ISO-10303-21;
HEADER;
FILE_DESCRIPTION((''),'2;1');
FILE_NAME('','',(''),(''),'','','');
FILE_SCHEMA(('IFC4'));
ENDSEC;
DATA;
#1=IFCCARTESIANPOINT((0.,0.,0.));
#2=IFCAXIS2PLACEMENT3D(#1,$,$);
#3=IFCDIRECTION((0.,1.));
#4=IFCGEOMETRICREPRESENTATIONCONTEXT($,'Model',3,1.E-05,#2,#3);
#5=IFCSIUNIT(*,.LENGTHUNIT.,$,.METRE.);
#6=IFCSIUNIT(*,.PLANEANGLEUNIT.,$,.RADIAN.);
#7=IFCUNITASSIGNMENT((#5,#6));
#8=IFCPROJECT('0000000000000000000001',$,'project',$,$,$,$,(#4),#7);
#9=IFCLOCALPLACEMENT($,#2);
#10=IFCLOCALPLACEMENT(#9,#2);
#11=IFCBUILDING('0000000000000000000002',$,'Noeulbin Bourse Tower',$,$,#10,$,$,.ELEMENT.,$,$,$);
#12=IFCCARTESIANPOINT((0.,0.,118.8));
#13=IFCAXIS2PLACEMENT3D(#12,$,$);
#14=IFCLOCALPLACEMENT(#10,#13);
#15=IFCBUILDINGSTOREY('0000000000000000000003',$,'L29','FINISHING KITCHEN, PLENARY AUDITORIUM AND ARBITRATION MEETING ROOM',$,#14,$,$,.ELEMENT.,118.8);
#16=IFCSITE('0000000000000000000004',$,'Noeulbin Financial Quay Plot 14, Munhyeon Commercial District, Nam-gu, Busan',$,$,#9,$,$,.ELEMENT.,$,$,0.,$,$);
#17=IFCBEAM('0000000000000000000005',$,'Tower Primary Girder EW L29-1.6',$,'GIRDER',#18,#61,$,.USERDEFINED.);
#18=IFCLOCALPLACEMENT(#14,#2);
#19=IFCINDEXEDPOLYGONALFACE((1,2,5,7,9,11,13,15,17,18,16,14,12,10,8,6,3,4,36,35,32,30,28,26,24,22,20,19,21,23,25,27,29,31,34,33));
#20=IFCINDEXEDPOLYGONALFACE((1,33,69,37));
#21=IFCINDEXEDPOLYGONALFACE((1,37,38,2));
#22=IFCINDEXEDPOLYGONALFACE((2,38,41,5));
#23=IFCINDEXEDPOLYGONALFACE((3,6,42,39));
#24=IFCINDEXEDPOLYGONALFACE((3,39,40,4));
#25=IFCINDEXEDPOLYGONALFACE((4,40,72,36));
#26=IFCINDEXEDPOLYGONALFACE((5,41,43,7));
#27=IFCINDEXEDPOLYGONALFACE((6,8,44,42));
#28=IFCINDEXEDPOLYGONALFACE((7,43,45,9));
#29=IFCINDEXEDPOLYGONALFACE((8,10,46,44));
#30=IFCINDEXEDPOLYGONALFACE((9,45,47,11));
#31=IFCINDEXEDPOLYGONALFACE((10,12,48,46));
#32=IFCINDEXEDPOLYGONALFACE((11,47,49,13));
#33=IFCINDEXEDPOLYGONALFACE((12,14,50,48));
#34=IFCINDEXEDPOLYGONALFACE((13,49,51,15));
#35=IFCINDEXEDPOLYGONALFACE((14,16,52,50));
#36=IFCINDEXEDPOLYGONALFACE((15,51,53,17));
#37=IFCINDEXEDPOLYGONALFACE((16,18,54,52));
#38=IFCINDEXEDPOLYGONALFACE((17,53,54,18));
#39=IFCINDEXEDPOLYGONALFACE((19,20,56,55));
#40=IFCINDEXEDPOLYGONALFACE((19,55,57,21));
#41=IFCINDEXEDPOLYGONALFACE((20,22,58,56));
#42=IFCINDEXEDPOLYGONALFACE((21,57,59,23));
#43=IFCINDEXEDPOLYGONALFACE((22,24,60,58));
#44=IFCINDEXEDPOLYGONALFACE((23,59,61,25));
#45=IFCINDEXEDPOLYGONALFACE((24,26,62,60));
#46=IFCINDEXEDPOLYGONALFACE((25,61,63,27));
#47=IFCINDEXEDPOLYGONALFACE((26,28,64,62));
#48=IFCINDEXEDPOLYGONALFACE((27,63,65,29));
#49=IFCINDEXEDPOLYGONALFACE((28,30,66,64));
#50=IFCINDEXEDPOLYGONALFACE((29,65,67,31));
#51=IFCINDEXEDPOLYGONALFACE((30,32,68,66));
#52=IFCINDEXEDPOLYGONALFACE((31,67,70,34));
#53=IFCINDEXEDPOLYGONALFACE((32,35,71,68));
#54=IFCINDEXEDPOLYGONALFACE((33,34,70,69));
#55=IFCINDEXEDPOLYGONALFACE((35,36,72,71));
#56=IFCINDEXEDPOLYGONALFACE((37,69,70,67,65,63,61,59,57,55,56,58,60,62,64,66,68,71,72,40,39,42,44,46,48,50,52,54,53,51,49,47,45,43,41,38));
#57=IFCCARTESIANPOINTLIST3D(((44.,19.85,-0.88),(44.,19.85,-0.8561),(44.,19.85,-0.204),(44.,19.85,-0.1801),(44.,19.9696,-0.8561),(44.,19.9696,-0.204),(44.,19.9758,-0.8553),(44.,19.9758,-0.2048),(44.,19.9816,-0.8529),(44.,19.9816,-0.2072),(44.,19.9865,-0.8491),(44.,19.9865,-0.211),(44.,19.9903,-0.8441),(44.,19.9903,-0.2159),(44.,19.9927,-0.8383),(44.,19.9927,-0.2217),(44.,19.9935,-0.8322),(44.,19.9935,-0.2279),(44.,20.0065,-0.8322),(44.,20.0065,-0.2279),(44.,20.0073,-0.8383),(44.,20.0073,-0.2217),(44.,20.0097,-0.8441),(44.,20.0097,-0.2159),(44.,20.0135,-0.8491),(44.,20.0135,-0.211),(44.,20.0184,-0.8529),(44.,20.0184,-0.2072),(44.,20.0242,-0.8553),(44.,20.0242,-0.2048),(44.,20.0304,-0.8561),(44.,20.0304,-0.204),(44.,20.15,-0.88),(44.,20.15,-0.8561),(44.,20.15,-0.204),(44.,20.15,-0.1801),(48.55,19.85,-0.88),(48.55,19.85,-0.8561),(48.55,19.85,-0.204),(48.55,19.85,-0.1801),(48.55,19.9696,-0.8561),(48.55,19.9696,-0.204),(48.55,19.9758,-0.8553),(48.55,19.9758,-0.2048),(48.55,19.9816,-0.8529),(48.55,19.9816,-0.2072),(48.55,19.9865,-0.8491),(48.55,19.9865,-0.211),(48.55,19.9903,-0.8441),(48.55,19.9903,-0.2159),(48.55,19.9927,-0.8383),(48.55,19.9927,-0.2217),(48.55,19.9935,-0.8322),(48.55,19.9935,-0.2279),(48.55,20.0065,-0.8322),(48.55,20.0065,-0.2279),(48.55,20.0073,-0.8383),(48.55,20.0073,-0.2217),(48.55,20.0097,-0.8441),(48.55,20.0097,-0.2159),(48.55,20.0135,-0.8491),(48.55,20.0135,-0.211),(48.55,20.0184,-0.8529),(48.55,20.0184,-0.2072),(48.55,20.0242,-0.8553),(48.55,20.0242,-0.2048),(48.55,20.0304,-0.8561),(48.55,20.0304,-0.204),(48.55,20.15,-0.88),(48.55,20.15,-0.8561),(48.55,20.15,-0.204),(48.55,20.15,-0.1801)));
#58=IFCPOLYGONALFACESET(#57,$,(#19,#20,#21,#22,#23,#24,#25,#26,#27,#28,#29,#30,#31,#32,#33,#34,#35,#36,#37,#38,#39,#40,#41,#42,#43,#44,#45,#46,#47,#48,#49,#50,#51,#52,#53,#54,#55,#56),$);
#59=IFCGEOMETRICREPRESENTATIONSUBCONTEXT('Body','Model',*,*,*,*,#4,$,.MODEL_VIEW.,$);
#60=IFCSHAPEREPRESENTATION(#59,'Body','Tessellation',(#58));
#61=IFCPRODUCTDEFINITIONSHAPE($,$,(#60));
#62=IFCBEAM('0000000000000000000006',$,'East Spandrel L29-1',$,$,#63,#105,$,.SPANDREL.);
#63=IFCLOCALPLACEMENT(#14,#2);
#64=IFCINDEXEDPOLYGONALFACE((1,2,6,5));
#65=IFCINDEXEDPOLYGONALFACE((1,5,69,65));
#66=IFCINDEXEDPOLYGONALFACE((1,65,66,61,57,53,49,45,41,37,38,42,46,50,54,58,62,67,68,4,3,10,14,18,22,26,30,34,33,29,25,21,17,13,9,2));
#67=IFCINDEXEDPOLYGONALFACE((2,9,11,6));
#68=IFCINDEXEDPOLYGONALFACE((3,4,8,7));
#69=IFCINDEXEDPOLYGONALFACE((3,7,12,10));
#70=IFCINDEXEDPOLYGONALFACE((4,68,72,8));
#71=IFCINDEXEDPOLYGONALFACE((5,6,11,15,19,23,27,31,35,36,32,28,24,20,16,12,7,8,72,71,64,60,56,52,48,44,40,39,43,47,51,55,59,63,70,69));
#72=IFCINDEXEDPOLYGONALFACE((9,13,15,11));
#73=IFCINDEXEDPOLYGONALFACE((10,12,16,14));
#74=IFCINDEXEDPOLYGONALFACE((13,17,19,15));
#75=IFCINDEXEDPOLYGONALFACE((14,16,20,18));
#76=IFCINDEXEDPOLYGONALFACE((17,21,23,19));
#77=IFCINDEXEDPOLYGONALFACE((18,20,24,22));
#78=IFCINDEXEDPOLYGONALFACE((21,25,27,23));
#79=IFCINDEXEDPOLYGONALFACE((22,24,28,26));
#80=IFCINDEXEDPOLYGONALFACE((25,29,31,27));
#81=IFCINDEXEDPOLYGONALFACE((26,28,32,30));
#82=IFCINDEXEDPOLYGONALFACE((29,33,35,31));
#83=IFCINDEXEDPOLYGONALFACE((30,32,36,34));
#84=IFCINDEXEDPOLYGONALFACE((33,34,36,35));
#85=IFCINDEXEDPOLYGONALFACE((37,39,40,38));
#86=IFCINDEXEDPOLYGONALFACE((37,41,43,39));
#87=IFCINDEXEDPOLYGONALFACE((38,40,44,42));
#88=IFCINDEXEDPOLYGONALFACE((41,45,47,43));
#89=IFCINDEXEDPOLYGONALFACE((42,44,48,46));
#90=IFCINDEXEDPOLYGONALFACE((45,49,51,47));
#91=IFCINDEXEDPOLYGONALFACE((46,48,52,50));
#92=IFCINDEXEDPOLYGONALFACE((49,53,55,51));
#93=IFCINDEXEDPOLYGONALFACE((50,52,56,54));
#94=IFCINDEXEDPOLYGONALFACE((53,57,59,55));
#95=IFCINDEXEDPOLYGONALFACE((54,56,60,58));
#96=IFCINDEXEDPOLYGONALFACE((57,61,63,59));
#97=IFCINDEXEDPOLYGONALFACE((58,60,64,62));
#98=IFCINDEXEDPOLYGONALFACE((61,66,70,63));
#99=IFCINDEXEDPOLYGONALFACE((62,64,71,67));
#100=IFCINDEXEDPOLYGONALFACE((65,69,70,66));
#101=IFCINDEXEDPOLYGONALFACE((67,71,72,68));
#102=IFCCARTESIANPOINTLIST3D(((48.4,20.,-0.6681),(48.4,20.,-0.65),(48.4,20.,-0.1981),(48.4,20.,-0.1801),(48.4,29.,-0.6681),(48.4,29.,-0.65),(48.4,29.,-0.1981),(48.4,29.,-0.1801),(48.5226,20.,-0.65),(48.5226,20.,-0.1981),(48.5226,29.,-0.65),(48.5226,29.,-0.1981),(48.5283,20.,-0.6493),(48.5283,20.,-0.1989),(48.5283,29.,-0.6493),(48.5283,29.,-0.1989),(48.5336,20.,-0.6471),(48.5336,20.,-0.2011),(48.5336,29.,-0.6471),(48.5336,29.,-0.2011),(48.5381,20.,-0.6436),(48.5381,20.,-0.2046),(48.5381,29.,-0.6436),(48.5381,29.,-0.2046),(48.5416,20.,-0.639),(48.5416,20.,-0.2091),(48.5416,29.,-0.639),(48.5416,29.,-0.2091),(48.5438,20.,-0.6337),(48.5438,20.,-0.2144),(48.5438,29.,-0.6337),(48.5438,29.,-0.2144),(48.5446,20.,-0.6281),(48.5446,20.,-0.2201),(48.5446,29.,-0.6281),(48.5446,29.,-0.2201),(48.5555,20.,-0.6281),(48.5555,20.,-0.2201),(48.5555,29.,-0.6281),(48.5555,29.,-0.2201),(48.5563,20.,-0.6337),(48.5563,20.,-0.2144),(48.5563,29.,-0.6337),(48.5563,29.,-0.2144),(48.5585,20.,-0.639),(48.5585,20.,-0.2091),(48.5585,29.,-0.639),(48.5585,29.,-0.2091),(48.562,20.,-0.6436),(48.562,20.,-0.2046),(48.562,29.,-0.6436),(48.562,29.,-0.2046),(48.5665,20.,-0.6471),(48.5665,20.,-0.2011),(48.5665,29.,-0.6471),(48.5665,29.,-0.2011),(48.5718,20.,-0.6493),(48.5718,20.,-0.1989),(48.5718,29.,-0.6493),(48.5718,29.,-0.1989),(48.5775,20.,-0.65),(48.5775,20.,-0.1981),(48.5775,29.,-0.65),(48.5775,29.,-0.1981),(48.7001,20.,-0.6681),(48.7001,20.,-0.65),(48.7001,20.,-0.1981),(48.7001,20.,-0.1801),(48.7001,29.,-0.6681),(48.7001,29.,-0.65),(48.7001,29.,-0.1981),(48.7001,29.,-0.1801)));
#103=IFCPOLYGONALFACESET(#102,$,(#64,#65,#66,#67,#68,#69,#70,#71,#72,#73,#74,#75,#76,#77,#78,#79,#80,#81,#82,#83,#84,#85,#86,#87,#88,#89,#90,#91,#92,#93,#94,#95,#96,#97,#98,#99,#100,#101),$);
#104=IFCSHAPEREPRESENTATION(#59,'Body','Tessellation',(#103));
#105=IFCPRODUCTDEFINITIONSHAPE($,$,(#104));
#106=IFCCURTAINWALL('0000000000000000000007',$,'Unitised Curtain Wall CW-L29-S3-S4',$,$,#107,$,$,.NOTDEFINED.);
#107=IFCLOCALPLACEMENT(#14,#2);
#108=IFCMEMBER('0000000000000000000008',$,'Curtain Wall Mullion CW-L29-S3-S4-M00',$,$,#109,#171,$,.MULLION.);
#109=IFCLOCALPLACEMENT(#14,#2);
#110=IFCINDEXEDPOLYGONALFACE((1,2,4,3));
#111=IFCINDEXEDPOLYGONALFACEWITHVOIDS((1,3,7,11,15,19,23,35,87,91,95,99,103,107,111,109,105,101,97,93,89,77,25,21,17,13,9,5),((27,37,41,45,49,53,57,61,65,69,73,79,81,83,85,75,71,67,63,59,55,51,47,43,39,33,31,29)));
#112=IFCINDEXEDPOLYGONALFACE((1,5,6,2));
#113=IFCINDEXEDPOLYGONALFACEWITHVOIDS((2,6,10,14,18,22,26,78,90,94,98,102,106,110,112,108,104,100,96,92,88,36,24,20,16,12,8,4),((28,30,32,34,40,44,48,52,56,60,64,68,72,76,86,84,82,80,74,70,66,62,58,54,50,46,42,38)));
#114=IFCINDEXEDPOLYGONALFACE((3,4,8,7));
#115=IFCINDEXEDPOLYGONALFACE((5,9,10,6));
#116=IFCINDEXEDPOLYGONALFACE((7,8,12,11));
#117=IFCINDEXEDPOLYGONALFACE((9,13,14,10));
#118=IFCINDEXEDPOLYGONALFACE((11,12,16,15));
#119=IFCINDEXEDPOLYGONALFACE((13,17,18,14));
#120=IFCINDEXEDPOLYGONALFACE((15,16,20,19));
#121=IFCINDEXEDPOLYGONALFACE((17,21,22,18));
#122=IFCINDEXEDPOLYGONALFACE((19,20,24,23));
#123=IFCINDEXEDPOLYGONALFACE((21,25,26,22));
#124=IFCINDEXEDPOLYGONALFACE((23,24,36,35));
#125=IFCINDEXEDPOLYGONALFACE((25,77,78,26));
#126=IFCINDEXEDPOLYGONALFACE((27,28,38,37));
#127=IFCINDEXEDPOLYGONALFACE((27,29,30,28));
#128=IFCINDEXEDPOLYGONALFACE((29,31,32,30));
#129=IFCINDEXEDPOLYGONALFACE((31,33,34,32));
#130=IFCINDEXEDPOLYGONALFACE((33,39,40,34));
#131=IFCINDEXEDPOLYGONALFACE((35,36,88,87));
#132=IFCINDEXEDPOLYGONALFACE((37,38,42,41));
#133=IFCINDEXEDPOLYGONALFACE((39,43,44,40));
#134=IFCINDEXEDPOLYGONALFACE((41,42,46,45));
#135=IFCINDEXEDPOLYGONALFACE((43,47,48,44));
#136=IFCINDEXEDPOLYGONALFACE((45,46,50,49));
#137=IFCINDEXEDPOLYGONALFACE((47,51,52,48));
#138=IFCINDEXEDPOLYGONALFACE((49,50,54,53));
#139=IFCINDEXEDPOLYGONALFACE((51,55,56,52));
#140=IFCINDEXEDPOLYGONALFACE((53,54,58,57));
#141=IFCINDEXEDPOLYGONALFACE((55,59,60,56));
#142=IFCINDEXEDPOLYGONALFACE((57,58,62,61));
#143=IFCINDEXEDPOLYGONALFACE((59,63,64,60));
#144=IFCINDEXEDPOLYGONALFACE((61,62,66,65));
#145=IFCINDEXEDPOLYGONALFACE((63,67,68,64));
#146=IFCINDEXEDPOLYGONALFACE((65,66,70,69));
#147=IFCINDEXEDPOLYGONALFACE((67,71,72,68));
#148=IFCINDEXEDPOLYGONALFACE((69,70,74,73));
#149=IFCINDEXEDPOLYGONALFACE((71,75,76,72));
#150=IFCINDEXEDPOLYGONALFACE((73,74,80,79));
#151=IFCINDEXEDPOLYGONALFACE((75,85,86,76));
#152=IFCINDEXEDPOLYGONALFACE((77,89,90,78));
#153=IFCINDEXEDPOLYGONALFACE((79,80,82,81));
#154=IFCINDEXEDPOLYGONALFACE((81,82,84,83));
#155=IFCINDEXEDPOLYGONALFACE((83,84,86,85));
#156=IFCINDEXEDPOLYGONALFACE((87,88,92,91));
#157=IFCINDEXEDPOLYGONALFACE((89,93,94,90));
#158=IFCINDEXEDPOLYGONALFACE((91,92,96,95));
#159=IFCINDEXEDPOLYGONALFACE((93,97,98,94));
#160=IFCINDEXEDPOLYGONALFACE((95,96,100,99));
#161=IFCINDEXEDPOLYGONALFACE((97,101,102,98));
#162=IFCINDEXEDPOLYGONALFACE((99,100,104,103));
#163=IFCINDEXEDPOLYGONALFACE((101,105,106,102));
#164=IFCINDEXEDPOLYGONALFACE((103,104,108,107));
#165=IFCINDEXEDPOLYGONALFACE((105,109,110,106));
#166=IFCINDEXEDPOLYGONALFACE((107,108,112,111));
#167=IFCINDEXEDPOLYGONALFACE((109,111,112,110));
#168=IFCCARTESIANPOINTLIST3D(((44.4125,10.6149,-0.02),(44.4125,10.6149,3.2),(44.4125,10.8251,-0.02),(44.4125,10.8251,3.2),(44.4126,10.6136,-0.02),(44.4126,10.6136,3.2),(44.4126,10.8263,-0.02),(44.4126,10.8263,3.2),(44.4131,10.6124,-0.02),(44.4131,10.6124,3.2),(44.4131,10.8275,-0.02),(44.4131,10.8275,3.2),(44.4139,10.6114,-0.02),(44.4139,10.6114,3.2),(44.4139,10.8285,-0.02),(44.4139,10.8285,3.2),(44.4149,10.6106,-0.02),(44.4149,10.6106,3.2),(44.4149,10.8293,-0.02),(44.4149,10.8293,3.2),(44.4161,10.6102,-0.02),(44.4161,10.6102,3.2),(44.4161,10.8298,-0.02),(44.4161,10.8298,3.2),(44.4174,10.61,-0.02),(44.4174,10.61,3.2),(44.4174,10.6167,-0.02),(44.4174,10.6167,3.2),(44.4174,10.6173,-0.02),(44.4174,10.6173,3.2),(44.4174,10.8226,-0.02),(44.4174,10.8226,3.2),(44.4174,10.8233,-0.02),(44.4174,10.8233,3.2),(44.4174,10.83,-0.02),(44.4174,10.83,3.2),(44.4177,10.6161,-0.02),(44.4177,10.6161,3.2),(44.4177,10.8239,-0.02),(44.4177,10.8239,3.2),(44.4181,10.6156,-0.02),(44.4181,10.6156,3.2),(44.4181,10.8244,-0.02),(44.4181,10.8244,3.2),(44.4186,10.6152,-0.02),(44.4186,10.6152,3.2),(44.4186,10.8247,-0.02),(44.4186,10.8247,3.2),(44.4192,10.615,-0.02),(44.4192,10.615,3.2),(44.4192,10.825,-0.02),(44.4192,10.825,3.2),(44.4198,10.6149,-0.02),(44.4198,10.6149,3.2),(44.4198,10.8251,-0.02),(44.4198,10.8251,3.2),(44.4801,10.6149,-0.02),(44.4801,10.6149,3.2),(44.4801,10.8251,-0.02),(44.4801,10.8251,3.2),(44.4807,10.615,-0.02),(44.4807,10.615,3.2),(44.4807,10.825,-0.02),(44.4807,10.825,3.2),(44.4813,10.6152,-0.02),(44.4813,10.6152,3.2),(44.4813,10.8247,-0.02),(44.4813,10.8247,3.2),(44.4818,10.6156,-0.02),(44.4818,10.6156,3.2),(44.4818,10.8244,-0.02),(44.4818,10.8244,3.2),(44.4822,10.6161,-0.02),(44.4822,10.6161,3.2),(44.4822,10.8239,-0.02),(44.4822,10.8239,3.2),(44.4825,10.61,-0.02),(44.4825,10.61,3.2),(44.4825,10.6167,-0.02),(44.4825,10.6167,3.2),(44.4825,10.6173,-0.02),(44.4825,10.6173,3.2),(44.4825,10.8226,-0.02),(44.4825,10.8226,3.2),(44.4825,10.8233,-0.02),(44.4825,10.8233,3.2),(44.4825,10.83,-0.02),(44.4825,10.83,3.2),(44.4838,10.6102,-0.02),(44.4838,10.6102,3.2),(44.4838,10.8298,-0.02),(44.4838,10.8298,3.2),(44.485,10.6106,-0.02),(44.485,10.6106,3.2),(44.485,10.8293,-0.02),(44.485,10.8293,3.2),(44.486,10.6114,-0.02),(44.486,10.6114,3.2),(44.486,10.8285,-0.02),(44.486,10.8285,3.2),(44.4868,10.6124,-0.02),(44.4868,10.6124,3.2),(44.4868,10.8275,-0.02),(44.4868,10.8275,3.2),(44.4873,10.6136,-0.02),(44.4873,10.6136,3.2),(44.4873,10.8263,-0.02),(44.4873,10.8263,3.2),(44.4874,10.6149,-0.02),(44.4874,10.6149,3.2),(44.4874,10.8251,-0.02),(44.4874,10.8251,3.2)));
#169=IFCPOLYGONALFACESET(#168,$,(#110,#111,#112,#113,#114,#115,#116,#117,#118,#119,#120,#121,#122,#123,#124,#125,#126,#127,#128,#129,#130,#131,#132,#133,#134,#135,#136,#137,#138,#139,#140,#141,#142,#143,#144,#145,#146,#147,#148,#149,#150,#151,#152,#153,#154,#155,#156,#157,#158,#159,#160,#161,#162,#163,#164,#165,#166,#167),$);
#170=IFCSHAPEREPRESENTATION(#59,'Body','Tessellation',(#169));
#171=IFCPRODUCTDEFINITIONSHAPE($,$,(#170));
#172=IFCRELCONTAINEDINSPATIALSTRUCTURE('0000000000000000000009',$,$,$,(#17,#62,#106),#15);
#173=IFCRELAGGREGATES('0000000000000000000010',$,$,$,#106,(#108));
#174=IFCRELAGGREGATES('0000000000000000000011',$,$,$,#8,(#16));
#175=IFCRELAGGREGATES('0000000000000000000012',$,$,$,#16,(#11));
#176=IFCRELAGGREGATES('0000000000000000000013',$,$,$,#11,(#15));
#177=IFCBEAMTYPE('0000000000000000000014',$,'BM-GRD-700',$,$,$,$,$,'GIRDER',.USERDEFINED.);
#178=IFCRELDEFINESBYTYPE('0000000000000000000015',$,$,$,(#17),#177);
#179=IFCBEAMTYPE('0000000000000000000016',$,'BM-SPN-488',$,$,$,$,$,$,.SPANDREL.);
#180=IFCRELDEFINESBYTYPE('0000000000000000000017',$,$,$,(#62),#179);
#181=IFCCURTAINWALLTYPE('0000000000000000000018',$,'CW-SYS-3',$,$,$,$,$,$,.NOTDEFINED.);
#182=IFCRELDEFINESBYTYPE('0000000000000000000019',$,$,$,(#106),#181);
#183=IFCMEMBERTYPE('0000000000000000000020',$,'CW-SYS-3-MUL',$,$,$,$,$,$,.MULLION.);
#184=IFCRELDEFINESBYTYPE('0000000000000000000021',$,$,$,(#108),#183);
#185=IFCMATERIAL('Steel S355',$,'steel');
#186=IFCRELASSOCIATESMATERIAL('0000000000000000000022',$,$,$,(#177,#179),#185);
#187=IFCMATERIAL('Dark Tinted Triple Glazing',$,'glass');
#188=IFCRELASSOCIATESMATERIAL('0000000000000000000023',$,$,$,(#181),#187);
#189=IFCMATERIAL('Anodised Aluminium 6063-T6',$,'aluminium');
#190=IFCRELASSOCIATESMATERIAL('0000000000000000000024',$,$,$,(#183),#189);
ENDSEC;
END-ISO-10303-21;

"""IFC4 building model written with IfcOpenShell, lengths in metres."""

from ifc_helpers import new_model, si_unit, direction, frame, origin, origin_2d, place, context, subcontext, project, spatial, hollow_rectangle, i_section, extrude, material, material_profile, profile_set, type_object, element, aggregate, save


model = new_model("IFC4")

# Units and contexts
model_context = context("Model", 3, precision=1e-05, world=origin(), true_north=direction((0.0, 1.0)))
body_context = subcontext(model_context, "Body", "Model", "MODEL_VIEW")
ifc_project = project(units=[si_unit("LENGTHUNIT", "METRE"), si_unit("PLANEANGLEUNIT", "RADIAN")], contexts=[model_context])

# Site, building, storey
site_placement = place(None, origin())
site = spatial("IfcSite", under=ifc_project, at=site_placement, Name="Noeulbin Financial Quay Plot 14, Munhyeon Commercial District, Nam-gu, Busan", CompositionType="ELEMENT", RefElevation=0.0)
building_placement = place(site_placement, origin())
building = spatial("IfcBuilding", under=site, at=building_placement, Name="Noeulbin Bourse Tower", CompositionType="ELEMENT")
storey_placement = place(building_placement, frame((0.0, 0.0, 118.8)))
storey = spatial("IfcBuildingStorey", under=building, at=storey_placement, Name="L29", Description="FINISHING KITCHEN, PLENARY AUDITORIUM AND ARBITRATION MEETING ROOM", CompositionType="ELEMENT", Elevation=118.8)

# Shared definitions
ifc_material_1 = material(Name="Steel S355", Category="steel")

# Beams
ifc_material_profile_1 = material_profile(ifc_material_1, i_section(OverallWidth=0.3, OverallDepth=0.7, WebThickness=0.0129, FlangeThickness=0.0239, FilletRadius=0.0239, at=origin_2d()), Name="H-700x300x13x24", Category="LoadBearing")
ifc_profile_set_1 = profile_set([ifc_material_profile_1], Name="Steel S355")
beam_type_1 = type_object("IfcBeamType", Name="BM-GRD-700", ElementType="GIRDER", PredefinedType="USERDEFINED", material=ifc_profile_set_1)
beam_1_placement = place(storey_placement, frame((44.0, 20.0, -0.53), z_axis=(1.0, 0.0, 0.0), x_axis=(0.0, 1.0, 0.0)))
element("IfcBeam", 1, at=beam_1_placement, inside=storey, type_object=beam_type_1, Name="Tower Primary Girder EW L29-1.6", ObjectType="GIRDER", PredefinedType="USERDEFINED", context=body_context, shape_type="SweptSolid", body=[
    extrude(i_section(OverallWidth=0.3, OverallDepth=0.7, WebThickness=0.0129, FlangeThickness=0.0239, FilletRadius=0.0239, at=origin_2d()), origin(), (0.0, 0.0, 1.0), 4.55),
])
ifc_material_profile_2 = material_profile(ifc_material_1, i_section(OverallWidth=0.3, OverallDepth=0.488, WebThickness=0.011, FlangeThickness=0.0181, FilletRadius=0.022, at=origin_2d()), Name="H-488x300x11x18", Category="LoadBearing")
ifc_profile_set_2 = profile_set([ifc_material_profile_2], Name="Steel S355")
beam_type_2 = type_object("IfcBeamType", Name="BM-SPN-488", PredefinedType="SPANDREL", material=ifc_profile_set_2)
beam_2_placement = place(storey_placement, frame((48.55, 20.0, -0.4241), z_axis=(0.0, 1.0, 0.0), x_axis=(-1.0, 0.0, 0.0)))
element("IfcBeam", 2, at=beam_2_placement, inside=storey, type_object=beam_type_2, Name="East Spandrel L29-1", PredefinedType="SPANDREL", context=body_context, shape_type="SweptSolid", body=[
    extrude(i_section(OverallWidth=0.3, OverallDepth=0.488, WebThickness=0.011, FlangeThickness=0.0181, FilletRadius=0.022, at=origin_2d()), origin(), (0.0, 0.0, 1.0), 9.0),
])

# Curtain wall, member
ifc_material_2 = material(Name="Dark Tinted Triple Glazing", Category="glass")
curtain_wall_type = type_object("IfcCurtainWallType", Name="CW-SYS-3", PredefinedType="NOTDEFINED", material=ifc_material_2)
curtain_wall_1_placement = place(storey_placement, origin())
curtain_wall_1 = element("IfcCurtainWall", 3, at=curtain_wall_1_placement, inside=storey, type_object=curtain_wall_type, Name="Unitised Curtain Wall CW-L29-S3-S4", PredefinedType="NOTDEFINED")
ifc_material_3 = material(Name="Anodised Aluminium 6063-T6", Category="aluminium")
ifc_material_profile_3 = material_profile(ifc_material_3, hollow_rectangle(XDim=0.075, YDim=0.22, WallThickness=0.0049, InnerFilletRadius=0.0024, OuterFilletRadius=0.0049, at=origin_2d()), Name="ALU-MULL-75x220x5", Category="LoadBearing")
ifc_profile_set_3 = profile_set([ifc_material_profile_3], Name="Anodised Aluminium 6063-T6")
member_type_1 = type_object("IfcMemberType", Name="CW-SYS-3-MUL", PredefinedType="MULLION", material=ifc_profile_set_3)
member_1_placement = place(storey_placement, frame((44.45, 10.72, -0.02), z_axis=(0.0, 0.0, 1.0), x_axis=(1.0, 0.0, 0.0)))
member_1 = element("IfcMember", 4, at=member_1_placement, type_object=member_type_1, Name="Curtain Wall Mullion CW-L29-S3-S4-M00", PredefinedType="MULLION", context=body_context, shape_type="SweptSolid", body=[
    extrude(hollow_rectangle(XDim=0.075, YDim=0.22, WallThickness=0.0049, InnerFilletRadius=0.0024, OuterFilletRadius=0.0049, at=origin_2d()), origin(), (0.0, 0.0, 1.0), 3.22),
])

aggregate(curtain_wall_1, [member_1])

save(model, "model.ifc")
